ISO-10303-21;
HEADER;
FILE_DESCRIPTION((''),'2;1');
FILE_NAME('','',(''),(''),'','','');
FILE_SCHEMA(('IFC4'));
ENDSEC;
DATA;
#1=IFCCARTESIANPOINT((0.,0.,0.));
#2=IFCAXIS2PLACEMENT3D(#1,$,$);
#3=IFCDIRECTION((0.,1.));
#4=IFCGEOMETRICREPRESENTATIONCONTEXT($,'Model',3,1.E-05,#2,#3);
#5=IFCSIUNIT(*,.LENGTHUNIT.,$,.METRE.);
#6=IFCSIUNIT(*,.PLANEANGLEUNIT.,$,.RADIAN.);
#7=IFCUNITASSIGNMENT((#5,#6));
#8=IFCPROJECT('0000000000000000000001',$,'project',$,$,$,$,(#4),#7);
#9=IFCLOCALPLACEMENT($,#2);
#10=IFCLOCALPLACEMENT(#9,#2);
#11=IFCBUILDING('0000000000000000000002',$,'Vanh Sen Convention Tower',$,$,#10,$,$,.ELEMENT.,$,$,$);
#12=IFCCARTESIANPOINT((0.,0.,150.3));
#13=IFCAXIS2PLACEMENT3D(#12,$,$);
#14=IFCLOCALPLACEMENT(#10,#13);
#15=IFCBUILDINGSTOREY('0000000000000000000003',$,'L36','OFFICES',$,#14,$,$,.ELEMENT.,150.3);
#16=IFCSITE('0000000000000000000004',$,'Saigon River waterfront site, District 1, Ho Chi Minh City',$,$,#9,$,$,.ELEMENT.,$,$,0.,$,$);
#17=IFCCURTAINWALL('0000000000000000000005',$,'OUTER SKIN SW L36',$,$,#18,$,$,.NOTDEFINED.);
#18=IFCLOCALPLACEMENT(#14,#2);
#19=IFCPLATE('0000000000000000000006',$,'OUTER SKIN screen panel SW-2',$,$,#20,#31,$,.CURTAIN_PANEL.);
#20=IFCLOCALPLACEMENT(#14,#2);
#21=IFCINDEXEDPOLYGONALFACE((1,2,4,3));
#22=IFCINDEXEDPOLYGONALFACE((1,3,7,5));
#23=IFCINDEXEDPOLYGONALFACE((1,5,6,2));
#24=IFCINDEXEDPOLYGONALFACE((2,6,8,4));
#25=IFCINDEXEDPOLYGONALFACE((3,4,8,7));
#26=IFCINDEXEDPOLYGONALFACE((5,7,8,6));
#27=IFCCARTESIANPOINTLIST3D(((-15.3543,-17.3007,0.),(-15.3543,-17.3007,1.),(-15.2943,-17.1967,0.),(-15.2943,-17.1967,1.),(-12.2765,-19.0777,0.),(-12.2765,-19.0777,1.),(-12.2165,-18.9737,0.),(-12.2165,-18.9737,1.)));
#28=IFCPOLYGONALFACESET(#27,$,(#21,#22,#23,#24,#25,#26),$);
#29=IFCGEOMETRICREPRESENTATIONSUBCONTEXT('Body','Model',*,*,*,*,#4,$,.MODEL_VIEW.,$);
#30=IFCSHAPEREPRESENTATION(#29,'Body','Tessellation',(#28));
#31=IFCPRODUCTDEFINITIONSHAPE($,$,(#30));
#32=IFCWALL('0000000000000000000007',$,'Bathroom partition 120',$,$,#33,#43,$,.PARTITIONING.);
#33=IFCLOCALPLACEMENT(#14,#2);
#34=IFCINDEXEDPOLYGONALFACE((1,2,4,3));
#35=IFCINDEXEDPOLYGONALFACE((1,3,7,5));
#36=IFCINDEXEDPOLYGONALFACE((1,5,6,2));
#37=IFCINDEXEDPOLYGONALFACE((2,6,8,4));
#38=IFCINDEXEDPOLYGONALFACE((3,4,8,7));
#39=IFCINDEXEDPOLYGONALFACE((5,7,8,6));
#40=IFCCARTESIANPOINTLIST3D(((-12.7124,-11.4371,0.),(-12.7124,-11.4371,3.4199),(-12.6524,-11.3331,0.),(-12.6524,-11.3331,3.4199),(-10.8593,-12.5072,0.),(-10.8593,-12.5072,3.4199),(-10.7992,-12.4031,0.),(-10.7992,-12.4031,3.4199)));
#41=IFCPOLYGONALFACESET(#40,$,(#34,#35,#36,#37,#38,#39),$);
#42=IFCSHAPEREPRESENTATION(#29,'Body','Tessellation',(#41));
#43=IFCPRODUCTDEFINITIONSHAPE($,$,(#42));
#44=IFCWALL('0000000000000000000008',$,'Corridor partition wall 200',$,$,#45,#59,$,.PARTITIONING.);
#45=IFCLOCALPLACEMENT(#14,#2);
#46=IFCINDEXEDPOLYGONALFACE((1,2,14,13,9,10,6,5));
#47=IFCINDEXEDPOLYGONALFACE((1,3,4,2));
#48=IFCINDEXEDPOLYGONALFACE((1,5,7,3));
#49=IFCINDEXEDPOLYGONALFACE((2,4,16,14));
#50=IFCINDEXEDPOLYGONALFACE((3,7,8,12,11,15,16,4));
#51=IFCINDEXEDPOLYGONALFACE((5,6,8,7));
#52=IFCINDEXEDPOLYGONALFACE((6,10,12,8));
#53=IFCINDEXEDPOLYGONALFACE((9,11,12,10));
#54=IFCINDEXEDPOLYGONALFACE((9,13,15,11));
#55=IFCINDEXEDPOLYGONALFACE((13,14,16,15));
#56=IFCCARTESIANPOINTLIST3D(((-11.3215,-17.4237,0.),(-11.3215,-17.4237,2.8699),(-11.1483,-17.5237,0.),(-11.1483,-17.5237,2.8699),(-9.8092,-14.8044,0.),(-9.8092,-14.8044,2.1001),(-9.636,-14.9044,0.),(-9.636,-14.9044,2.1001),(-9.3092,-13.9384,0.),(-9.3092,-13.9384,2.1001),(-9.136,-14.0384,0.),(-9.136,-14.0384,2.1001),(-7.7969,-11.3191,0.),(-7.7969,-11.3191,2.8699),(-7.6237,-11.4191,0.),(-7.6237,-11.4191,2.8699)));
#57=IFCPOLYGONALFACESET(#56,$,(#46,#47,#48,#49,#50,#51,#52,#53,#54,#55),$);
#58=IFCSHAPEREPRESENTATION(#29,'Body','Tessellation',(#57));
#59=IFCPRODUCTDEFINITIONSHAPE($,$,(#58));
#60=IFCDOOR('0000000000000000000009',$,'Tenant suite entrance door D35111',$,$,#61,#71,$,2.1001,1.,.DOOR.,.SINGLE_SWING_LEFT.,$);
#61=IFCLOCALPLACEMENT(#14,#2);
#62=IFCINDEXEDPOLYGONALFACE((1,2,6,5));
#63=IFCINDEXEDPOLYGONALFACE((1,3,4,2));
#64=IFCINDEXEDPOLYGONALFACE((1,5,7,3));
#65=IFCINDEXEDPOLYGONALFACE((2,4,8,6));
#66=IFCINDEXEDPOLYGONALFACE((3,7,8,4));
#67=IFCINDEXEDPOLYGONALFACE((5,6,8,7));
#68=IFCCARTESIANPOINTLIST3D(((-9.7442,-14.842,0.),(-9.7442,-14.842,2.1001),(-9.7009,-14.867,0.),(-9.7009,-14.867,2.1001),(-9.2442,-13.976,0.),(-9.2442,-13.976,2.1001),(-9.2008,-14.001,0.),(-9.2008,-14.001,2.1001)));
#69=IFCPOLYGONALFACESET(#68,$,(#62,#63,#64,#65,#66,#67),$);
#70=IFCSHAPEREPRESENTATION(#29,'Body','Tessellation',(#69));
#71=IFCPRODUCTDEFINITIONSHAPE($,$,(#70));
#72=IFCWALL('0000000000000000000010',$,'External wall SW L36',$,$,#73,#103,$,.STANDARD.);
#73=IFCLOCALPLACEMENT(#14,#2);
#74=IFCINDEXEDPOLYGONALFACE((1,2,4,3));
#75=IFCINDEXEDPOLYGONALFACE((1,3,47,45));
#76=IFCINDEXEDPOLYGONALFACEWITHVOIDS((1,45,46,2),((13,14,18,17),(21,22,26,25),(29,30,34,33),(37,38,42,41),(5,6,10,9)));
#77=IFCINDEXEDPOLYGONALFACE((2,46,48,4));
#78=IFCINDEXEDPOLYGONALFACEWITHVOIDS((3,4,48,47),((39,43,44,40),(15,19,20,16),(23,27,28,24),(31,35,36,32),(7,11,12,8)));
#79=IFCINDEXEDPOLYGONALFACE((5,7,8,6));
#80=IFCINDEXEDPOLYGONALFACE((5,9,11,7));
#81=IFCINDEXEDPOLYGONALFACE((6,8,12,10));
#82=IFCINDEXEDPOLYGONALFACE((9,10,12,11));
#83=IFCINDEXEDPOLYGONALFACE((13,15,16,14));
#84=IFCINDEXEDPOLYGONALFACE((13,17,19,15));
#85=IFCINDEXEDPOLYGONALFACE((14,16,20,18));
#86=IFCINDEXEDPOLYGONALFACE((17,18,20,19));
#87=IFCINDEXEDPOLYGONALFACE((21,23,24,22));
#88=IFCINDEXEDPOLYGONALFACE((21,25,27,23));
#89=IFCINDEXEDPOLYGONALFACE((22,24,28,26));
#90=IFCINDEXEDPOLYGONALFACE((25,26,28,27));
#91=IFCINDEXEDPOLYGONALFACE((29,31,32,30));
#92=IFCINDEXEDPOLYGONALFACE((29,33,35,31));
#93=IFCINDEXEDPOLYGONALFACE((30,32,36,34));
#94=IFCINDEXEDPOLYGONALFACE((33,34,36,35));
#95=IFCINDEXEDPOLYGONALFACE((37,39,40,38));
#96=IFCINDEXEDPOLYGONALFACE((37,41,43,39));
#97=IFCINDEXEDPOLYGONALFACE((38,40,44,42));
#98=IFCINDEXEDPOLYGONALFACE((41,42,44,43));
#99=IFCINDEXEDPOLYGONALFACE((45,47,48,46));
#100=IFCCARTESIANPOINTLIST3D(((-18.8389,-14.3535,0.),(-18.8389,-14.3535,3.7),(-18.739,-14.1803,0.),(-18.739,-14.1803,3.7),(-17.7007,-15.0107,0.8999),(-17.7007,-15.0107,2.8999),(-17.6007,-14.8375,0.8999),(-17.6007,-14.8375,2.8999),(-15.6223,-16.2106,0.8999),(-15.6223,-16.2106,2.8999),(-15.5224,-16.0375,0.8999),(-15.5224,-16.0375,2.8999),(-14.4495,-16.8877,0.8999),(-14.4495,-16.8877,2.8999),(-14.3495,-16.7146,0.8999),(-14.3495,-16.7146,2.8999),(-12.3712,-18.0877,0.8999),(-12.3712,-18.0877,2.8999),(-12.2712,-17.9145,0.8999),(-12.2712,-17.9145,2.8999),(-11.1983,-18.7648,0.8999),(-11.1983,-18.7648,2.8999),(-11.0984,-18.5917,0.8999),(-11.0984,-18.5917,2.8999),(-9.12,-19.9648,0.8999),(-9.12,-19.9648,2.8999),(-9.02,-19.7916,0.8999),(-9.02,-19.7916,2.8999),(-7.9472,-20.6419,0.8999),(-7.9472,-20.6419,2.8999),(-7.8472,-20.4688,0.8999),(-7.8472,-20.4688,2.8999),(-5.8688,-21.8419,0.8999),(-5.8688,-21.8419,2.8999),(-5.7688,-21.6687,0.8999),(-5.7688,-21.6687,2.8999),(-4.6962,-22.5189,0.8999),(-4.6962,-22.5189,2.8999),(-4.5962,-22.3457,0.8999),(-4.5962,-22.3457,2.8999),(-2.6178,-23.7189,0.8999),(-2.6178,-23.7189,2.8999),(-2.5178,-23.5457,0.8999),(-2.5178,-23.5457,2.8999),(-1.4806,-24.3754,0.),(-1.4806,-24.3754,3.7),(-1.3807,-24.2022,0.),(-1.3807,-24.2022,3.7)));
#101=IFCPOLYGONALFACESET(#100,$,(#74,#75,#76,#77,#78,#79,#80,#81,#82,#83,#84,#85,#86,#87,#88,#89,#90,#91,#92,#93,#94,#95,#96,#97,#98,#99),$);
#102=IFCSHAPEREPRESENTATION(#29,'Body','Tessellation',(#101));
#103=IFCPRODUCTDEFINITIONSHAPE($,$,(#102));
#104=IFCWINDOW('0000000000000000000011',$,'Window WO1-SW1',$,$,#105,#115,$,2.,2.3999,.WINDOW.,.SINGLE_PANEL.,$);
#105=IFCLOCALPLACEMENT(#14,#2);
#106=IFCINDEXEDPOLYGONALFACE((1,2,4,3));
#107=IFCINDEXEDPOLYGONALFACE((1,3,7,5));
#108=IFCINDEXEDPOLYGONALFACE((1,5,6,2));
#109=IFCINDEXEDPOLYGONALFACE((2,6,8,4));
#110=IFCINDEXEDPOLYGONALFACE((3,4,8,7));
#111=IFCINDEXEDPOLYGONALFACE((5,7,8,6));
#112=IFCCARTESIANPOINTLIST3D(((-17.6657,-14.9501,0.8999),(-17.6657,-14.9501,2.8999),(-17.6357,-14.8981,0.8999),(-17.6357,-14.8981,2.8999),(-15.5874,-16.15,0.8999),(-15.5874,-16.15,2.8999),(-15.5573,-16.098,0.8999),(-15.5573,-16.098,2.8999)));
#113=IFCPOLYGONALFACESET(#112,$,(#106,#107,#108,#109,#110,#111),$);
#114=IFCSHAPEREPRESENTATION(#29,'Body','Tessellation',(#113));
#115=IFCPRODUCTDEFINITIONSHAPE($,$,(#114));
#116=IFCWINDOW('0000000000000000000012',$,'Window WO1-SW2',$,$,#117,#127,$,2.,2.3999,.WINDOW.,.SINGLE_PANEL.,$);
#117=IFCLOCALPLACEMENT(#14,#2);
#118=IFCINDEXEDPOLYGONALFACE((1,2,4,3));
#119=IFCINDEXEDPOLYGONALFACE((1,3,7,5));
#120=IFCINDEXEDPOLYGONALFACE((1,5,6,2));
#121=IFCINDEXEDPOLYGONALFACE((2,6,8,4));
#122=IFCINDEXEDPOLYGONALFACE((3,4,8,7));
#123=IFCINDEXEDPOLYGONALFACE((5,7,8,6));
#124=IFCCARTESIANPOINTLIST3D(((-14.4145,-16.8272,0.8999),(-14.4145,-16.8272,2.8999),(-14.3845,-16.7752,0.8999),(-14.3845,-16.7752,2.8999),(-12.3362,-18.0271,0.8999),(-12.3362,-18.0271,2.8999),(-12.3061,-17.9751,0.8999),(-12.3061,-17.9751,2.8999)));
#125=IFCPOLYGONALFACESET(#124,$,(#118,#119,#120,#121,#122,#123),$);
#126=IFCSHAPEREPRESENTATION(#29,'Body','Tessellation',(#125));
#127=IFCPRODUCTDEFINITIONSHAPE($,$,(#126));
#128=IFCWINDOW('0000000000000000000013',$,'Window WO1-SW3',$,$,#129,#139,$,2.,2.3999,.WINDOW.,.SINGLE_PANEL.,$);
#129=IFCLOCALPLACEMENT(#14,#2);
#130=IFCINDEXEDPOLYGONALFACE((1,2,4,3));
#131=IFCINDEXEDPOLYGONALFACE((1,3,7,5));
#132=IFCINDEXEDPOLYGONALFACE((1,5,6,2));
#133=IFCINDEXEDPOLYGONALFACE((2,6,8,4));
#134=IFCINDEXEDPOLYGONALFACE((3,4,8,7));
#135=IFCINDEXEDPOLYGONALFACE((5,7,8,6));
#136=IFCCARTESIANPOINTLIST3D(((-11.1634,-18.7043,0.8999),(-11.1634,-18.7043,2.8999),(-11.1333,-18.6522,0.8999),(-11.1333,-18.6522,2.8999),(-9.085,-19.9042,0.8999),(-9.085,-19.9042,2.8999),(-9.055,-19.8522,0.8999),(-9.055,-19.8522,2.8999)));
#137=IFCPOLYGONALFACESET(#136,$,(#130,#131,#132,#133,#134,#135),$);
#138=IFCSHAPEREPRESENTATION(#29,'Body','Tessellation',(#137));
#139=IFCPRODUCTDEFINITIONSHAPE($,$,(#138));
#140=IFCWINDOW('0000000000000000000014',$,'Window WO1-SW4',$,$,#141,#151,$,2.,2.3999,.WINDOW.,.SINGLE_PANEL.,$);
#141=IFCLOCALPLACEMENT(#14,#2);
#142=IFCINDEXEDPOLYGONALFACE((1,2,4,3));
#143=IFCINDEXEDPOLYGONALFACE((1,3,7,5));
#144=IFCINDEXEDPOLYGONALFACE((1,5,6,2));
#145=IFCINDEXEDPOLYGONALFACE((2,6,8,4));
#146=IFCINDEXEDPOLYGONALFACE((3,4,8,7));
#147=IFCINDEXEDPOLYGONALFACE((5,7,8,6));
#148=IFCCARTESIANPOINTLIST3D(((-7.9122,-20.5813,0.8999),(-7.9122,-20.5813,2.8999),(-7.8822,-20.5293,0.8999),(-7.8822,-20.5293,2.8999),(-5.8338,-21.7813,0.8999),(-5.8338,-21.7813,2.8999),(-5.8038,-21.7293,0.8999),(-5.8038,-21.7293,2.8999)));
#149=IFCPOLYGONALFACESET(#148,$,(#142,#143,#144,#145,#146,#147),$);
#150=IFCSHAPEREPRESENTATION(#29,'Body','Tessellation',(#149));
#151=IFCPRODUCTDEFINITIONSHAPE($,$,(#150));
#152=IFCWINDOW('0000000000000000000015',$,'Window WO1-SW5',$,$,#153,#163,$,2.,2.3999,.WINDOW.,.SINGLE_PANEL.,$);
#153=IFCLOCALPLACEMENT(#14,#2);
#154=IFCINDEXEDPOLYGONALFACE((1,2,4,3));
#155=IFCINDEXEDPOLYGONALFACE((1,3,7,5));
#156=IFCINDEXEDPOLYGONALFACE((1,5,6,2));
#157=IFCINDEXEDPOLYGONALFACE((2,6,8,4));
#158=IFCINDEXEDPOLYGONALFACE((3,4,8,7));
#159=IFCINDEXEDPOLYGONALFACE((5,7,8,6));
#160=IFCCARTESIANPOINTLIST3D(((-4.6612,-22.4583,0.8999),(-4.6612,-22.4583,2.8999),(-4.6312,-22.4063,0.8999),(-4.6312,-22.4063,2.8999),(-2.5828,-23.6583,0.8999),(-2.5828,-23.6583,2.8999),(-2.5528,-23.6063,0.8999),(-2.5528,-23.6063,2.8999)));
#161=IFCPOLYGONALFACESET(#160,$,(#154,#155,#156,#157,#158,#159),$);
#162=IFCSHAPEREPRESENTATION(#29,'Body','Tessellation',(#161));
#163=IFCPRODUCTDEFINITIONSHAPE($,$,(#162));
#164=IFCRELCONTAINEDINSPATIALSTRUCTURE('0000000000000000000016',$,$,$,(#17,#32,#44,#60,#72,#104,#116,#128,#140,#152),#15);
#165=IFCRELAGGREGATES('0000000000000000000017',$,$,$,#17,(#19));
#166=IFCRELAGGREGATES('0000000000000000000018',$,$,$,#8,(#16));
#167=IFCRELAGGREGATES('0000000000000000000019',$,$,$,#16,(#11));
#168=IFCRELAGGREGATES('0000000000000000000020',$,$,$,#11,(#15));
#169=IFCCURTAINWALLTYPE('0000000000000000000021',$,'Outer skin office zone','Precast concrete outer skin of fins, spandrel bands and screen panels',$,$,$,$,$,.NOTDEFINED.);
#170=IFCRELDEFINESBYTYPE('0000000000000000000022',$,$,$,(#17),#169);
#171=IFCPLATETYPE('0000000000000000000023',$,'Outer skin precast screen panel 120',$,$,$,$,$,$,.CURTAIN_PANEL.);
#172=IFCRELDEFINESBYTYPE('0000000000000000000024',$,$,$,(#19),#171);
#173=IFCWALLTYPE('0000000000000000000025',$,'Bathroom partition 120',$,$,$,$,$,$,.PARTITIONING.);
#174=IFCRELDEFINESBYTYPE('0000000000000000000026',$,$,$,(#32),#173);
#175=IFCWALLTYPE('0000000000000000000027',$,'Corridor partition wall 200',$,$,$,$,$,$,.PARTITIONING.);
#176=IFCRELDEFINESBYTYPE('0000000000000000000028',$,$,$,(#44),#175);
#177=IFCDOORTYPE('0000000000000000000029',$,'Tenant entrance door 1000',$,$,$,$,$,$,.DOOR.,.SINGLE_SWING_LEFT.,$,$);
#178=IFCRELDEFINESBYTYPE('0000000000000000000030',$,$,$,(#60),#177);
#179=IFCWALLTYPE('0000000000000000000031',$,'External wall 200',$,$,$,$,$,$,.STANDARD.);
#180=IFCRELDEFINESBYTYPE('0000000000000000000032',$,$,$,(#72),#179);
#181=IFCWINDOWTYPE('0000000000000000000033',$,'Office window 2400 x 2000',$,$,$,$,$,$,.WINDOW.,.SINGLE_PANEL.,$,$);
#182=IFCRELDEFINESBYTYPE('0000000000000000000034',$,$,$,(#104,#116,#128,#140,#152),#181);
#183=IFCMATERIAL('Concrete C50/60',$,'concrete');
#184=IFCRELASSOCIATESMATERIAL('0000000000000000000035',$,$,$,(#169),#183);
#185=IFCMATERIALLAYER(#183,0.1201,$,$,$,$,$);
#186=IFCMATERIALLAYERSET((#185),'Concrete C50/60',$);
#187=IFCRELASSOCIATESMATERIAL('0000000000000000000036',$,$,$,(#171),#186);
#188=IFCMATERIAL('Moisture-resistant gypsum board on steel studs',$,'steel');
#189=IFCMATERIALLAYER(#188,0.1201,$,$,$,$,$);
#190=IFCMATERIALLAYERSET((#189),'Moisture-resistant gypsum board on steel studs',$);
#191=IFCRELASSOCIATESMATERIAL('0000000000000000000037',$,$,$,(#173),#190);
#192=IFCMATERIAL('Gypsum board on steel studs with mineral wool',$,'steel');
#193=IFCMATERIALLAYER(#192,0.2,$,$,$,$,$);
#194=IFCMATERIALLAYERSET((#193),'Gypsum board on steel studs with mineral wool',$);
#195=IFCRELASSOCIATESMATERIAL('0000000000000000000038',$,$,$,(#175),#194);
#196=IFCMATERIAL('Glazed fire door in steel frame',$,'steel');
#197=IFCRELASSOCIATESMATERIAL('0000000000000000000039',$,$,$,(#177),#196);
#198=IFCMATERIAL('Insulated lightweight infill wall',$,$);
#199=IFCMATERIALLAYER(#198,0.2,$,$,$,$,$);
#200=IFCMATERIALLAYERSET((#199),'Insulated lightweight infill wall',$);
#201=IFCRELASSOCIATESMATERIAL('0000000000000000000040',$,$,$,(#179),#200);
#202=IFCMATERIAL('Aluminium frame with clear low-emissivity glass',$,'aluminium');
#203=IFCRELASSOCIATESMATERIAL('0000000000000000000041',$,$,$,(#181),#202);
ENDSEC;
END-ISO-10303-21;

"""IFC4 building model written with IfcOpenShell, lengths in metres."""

from ifc_helpers import new_model, si_unit, direction, frame, frame_2d, origin, origin_2d, place, context, subcontext, project, spatial, rectangle, extrude, material, layer, layer_set, type_object, element, fill, aggregate, save


model = new_model("IFC4")

# Units and contexts
model_context = context("Model", 3, precision=1e-05, world=origin(), true_north=direction((0.0, 1.0)))
body_context = subcontext(model_context, "Body", "Model", "MODEL_VIEW")
ifc_project = project(units=[si_unit("LENGTHUNIT", "METRE"), si_unit("PLANEANGLEUNIT", "RADIAN")], contexts=[model_context])

# Site, building, storey
site_placement = place(None, origin())
site = spatial("IfcSite", under=ifc_project, at=site_placement, Name="Saigon River waterfront site, District 1, Ho Chi Minh City", CompositionType="ELEMENT", RefElevation=0.0)
building_placement = place(site_placement, origin())
building = spatial("IfcBuilding", under=site, at=building_placement, Name="Vanh Sen Convention Tower", CompositionType="ELEMENT")
storey_placement = place(building_placement, frame((0.0, 0.0, 150.3)))
storey = spatial("IfcBuildingStorey", under=building, at=storey_placement, Name="L36", Description="OFFICES", CompositionType="ELEMENT", Elevation=150.3)

# Curtain wall
ifc_material_1 = material(Name="Concrete C50/60", Category="concrete")
curtain_wall_type = type_object("IfcCurtainWallType", Name="Outer skin office zone", Description="Precast concrete outer skin of fins, spandrel bands and screen panels", PredefinedType="NOTDEFINED", material=ifc_material_1)
curtain_wall_1_placement = place(storey_placement, origin())
curtain_wall_1 = element("IfcCurtainWall", 1, at=curtain_wall_1_placement, inside=storey, type_object=curtain_wall_type, Name="OUTER SKIN SW L36", PredefinedType="NOTDEFINED")

# Shared definitions
ifc_layer_1 = layer(ifc_material_1, 0.1201)
ifc_layer_set_1 = layer_set([ifc_layer_1], Name="Concrete C50/60")
plate_type = type_object("IfcPlateType", Name="Outer skin precast screen panel 120", PredefinedType="CURTAIN_PANEL", material=ifc_layer_set_1)

# Plate
plate_1_placement = place(storey_placement, frame((-13.7854, -18.1372, 0.0), z_axis=(0.0, 0.0, 1.0), x_axis=(0.866028, -0.499995, 0.0)))
plate_1 = element("IfcPlate", 2, at=plate_1_placement, type_object=plate_type, Name="OUTER SKIN screen panel SW-2", PredefinedType="CURTAIN_PANEL", context=body_context, shape_type="SweptSolid", body=[
    extrude(rectangle(XDim=3.554, YDim=0.1201, at=origin_2d()), origin(), (0.0, 0.0, 1.0), 1.0),
])
aggregate(curtain_wall_1, [plate_1])

# Wall
ifc_material_2 = material(Name="Moisture-resistant gypsum board on steel studs", Category="steel")
ifc_layer_2 = layer(ifc_material_2, 0.1201)
ifc_layer_set_2 = layer_set([ifc_layer_2], Name="Moisture-resistant gypsum board on steel studs")
wall_type_1 = type_object("IfcWallType", Name="Bathroom partition 120", PredefinedType="PARTITIONING", material=ifc_layer_set_2)
wall_1_placement = place(storey_placement, frame((-10.8293, -12.4551, 0.0), z_axis=(0.0, 0.0, 1.0), x_axis=(-0.866009, 0.500029, 0.0)))
element("IfcWall", 3, at=wall_1_placement, inside=storey, type_object=wall_type_1, Name="Bathroom partition 120", PredefinedType="PARTITIONING", context=body_context, shape_type="SweptSolid", body=[
    extrude(rectangle(XDim=2.1399, YDim=0.1201, at=frame_2d((1.0698, 0.0))), origin(), (0.0, 0.0, 1.0), 3.4199),
])

# Wall, opening, door
ifc_material_3 = material(Name="Gypsum board on steel studs with mineral wool", Category="steel")
ifc_layer_3 = layer(ifc_material_3, 0.2)
ifc_layer_set_3 = layer_set([ifc_layer_3], Name="Gypsum board on steel studs with mineral wool")
wall_type_2 = type_object("IfcWallType", Name="Corridor partition wall 200", PredefinedType="PARTITIONING", material=ifc_layer_set_3)
wall_2_placement = place(storey_placement, frame((-11.2349, -17.4736, 0.0), z_axis=(0.0, 0.0, 1.0), x_axis=(0.500009, 0.86602, 0.0)))
wall_2 = element("IfcWall", 4, at=wall_2_placement, inside=storey, type_object=wall_type_2, Name="Corridor partition wall 200", PredefinedType="PARTITIONING", context=body_context, shape_type="SweptSolid", body=[
    extrude(rectangle(XDim=7.0491, YDim=0.2, at=frame_2d((3.5244, 0.0))), origin(), (0.0, 0.0, 1.0), 2.8699),
])
opening_1_placement = place(wall_2_placement, frame((3.0244, 0.0, 0.0)))
opening_1 = element("IfcOpeningElement", 5, at=opening_1_placement, cuts=wall_2, PredefinedType="OPENING", context=body_context, shape_type="SweptSolid", body=[
    extrude(rectangle(XDim=1.0, YDim=2.1001, at=frame_2d((0.5, 1.05))), frame((0.0, 0.1099, 0.0), z_axis=(0.0, -1.0, 0.0), x_axis=(1.0, 0.0, 0.0)), (0.0, 0.0, 1.0), 0.22),
])
ifc_material_4 = material(Name="Glazed fire door in steel frame", Category="steel")
door_type = type_object("IfcDoorType", Name="Tenant entrance door 1000", OperationType="SINGLE_SWING_LEFT", PredefinedType="DOOR", material=ifc_material_4)
door_placement = place(opening_1_placement, origin())
door = element("IfcDoor", 6, at=door_placement, inside=storey, type_object=door_type, Name="Tenant suite entrance door D35111", OperationType="SINGLE_SWING_LEFT", OverallHeight=2.1001, OverallWidth=1.0, PredefinedType="DOOR", context=body_context, shape_type="SweptSolid", body=[
    extrude(rectangle(XDim=1.0, YDim=2.1001, at=frame_2d((0.5, 1.05))), frame((0.0, 0.0249, 0.0), z_axis=(0.0, -1.0, 0.0), x_axis=(1.0, 0.0, 0.0)), (0.0, 0.0, 1.0), 0.05),
])
fill(opening_1, door)

# Wall, openings, windows
ifc_material_5 = material(Name="Insulated lightweight infill wall")
ifc_layer_4 = layer(ifc_material_5, 0.2)
ifc_layer_set_4 = layer_set([ifc_layer_4], Name="Insulated lightweight infill wall")
wall_type_3 = type_object("IfcWallType", Name="External wall 200", PredefinedType="STANDARD", material=ifc_layer_set_4)
wall_3_placement = place(storey_placement, frame((-18.7891, -14.2668, 0.0), z_axis=(0.0, 0.0, 1.0), x_axis=(0.866023, -0.500004, 0.0)))
wall_3 = element("IfcWall", 7, at=wall_3_placement, inside=storey, type_object=wall_type_3, Name="External wall SW L36", PredefinedType="STANDARD", context=body_context, shape_type="SweptSolid", body=[
    extrude(rectangle(XDim=20.0437, YDim=0.2, at=frame_2d((10.022, 0.0))), origin(), (0.0, 0.0, 1.0), 3.7),
])
opening_2_placement = place(wall_3_placement, frame((1.3145, 0.0, 0.8999)))
opening_2 = element("IfcOpeningElement", 8, at=opening_2_placement, cuts=wall_3, PredefinedType="OPENING", context=body_context, shape_type="SweptSolid", body=[
    extrude(rectangle(XDim=2.3999, YDim=2.0, at=frame_2d((1.2, 1.0))), frame((0.0, 0.1099, 0.0), z_axis=(0.0, -1.0, 0.0), x_axis=(1.0, 0.0, 0.0)), (0.0, 0.0, 1.0), 0.22),
])
opening_3_placement = place(wall_3_placement, frame((5.0686, 0.0, 0.8999)))
opening_3 = element("IfcOpeningElement", 9, at=opening_3_placement, cuts=wall_3, PredefinedType="OPENING", context=body_context, shape_type="SweptSolid", body=[
    extrude(rectangle(XDim=2.3999, YDim=2.0, at=frame_2d((1.2, 1.0))), frame((0.0, 0.1099, 0.0), z_axis=(0.0, -1.0, 0.0), x_axis=(1.0, 0.0, 0.0)), (0.0, 0.0, 1.0), 0.22),
])
opening_4_placement = place(wall_3_placement, frame((8.8228, 0.0, 0.8999)))
opening_4 = element("IfcOpeningElement", 10, at=opening_4_placement, cuts=wall_3, PredefinedType="OPENING", context=body_context, shape_type="SweptSolid", body=[
    extrude(rectangle(XDim=2.3999, YDim=2.0, at=frame_2d((1.2, 1.0))), frame((0.0, 0.1099, 0.0), z_axis=(0.0, -1.0, 0.0), x_axis=(1.0, 0.0, 0.0)), (0.0, 0.0, 1.0), 0.22),
])
opening_5_placement = place(wall_3_placement, frame((12.5769, 0.0, 0.8999)))
opening_5 = element("IfcOpeningElement", 11, at=opening_5_placement, cuts=wall_3, PredefinedType="OPENING", context=body_context, shape_type="SweptSolid", body=[
    extrude(rectangle(XDim=2.3999, YDim=2.0, at=frame_2d((1.2, 1.0))), frame((0.0, 0.1099, 0.0), z_axis=(0.0, -1.0, 0.0), x_axis=(1.0, 0.0, 0.0)), (0.0, 0.0, 1.0), 0.22),
])
opening_6_placement = place(wall_3_placement, frame((16.3308, 0.0, 0.8999)))
opening_6 = element("IfcOpeningElement", 12, at=opening_6_placement, cuts=wall_3, PredefinedType="OPENING", context=body_context, shape_type="SweptSolid", body=[
    extrude(rectangle(XDim=2.3999, YDim=2.0, at=frame_2d((1.2, 1.0))), frame((0.0, 0.1099, 0.0), z_axis=(0.0, -1.0, 0.0), x_axis=(1.0, 0.0, 0.0)), (0.0, 0.0, 1.0), 0.22),
])
ifc_material_6 = material(Name="Aluminium frame with clear low-emissivity glass", Category="aluminium")
window_type = type_object("IfcWindowType", Name="Office window 2400 x 2000", PartitioningType="SINGLE_PANEL", PredefinedType="WINDOW", material=ifc_material_6)
window_1_placement = place(opening_2_placement, origin())
window_1 = element("IfcWindow", 13, at=window_1_placement, inside=storey, type_object=window_type, Name="Window WO1-SW1", OverallHeight=2.0, OverallWidth=2.3999, PartitioningType="SINGLE_PANEL", PredefinedType="WINDOW", context=body_context, shape_type="SweptSolid", body=[
    extrude(rectangle(XDim=2.3999, YDim=2.0, at=frame_2d((1.2, 1.0))), frame((0.0, 0.03, 0.0), z_axis=(0.0, -1.0, 0.0), x_axis=(1.0, 0.0, 0.0)), (0.0, 0.0, 1.0), 0.0601),
])
fill(opening_2, window_1)
window_2_placement = place(opening_3_placement, origin())
window_2 = element("IfcWindow", 14, at=window_2_placement, inside=storey, type_object=window_type, Name="Window WO1-SW2", OverallHeight=2.0, OverallWidth=2.3999, PartitioningType="SINGLE_PANEL", PredefinedType="WINDOW", context=body_context, shape_type="SweptSolid", body=[
    extrude(rectangle(XDim=2.3999, YDim=2.0, at=frame_2d((1.2, 1.0))), frame((0.0, 0.03, 0.0), z_axis=(0.0, -1.0, 0.0), x_axis=(1.0, 0.0, 0.0)), (0.0, 0.0, 1.0), 0.0601),
])
fill(opening_3, window_2)
window_3_placement = place(opening_4_placement, origin())
window_3 = element("IfcWindow", 15, at=window_3_placement, inside=storey, type_object=window_type, Name="Window WO1-SW3", OverallHeight=2.0, OverallWidth=2.3999, PartitioningType="SINGLE_PANEL", PredefinedType="WINDOW", context=body_context, shape_type="SweptSolid", body=[
    extrude(rectangle(XDim=2.3999, YDim=2.0, at=frame_2d((1.2, 1.0))), frame((0.0, 0.03, 0.0), z_axis=(0.0, -1.0, 0.0), x_axis=(1.0, 0.0, 0.0)), (0.0, 0.0, 1.0), 0.0601),
])
fill(opening_4, window_3)
window_4_placement = place(opening_5_placement, origin())
window_4 = element("IfcWindow", 16, at=window_4_placement, inside=storey, type_object=window_type, Name="Window WO1-SW4", OverallHeight=2.0, OverallWidth=2.3999, PartitioningType="SINGLE_PANEL", PredefinedType="WINDOW", context=body_context, shape_type="SweptSolid", body=[
    extrude(rectangle(XDim=2.3999, YDim=2.0, at=frame_2d((1.2, 1.0))), frame((0.0, 0.03, 0.0), z_axis=(0.0, -1.0, 0.0), x_axis=(1.0, 0.0, 0.0)), (0.0, 0.0, 1.0), 0.0601),
])
fill(opening_5, window_4)
window_5_placement = place(opening_6_placement, origin())
window_5 = element("IfcWindow", 17, at=window_5_placement, inside=storey, type_object=window_type, Name="Window WO1-SW5", OverallHeight=2.0, OverallWidth=2.3999, PartitioningType="SINGLE_PANEL", PredefinedType="WINDOW", context=body_context, shape_type="SweptSolid", body=[
    extrude(rectangle(XDim=2.3999, YDim=2.0, at=frame_2d((1.2, 1.0))), frame((0.0, 0.03, 0.0), z_axis=(0.0, -1.0, 0.0), x_axis=(1.0, 0.0, 0.0)), (0.0, 0.0, 1.0), 0.0601),
])
fill(opening_6, window_5)

save(model, "model.ifc")
